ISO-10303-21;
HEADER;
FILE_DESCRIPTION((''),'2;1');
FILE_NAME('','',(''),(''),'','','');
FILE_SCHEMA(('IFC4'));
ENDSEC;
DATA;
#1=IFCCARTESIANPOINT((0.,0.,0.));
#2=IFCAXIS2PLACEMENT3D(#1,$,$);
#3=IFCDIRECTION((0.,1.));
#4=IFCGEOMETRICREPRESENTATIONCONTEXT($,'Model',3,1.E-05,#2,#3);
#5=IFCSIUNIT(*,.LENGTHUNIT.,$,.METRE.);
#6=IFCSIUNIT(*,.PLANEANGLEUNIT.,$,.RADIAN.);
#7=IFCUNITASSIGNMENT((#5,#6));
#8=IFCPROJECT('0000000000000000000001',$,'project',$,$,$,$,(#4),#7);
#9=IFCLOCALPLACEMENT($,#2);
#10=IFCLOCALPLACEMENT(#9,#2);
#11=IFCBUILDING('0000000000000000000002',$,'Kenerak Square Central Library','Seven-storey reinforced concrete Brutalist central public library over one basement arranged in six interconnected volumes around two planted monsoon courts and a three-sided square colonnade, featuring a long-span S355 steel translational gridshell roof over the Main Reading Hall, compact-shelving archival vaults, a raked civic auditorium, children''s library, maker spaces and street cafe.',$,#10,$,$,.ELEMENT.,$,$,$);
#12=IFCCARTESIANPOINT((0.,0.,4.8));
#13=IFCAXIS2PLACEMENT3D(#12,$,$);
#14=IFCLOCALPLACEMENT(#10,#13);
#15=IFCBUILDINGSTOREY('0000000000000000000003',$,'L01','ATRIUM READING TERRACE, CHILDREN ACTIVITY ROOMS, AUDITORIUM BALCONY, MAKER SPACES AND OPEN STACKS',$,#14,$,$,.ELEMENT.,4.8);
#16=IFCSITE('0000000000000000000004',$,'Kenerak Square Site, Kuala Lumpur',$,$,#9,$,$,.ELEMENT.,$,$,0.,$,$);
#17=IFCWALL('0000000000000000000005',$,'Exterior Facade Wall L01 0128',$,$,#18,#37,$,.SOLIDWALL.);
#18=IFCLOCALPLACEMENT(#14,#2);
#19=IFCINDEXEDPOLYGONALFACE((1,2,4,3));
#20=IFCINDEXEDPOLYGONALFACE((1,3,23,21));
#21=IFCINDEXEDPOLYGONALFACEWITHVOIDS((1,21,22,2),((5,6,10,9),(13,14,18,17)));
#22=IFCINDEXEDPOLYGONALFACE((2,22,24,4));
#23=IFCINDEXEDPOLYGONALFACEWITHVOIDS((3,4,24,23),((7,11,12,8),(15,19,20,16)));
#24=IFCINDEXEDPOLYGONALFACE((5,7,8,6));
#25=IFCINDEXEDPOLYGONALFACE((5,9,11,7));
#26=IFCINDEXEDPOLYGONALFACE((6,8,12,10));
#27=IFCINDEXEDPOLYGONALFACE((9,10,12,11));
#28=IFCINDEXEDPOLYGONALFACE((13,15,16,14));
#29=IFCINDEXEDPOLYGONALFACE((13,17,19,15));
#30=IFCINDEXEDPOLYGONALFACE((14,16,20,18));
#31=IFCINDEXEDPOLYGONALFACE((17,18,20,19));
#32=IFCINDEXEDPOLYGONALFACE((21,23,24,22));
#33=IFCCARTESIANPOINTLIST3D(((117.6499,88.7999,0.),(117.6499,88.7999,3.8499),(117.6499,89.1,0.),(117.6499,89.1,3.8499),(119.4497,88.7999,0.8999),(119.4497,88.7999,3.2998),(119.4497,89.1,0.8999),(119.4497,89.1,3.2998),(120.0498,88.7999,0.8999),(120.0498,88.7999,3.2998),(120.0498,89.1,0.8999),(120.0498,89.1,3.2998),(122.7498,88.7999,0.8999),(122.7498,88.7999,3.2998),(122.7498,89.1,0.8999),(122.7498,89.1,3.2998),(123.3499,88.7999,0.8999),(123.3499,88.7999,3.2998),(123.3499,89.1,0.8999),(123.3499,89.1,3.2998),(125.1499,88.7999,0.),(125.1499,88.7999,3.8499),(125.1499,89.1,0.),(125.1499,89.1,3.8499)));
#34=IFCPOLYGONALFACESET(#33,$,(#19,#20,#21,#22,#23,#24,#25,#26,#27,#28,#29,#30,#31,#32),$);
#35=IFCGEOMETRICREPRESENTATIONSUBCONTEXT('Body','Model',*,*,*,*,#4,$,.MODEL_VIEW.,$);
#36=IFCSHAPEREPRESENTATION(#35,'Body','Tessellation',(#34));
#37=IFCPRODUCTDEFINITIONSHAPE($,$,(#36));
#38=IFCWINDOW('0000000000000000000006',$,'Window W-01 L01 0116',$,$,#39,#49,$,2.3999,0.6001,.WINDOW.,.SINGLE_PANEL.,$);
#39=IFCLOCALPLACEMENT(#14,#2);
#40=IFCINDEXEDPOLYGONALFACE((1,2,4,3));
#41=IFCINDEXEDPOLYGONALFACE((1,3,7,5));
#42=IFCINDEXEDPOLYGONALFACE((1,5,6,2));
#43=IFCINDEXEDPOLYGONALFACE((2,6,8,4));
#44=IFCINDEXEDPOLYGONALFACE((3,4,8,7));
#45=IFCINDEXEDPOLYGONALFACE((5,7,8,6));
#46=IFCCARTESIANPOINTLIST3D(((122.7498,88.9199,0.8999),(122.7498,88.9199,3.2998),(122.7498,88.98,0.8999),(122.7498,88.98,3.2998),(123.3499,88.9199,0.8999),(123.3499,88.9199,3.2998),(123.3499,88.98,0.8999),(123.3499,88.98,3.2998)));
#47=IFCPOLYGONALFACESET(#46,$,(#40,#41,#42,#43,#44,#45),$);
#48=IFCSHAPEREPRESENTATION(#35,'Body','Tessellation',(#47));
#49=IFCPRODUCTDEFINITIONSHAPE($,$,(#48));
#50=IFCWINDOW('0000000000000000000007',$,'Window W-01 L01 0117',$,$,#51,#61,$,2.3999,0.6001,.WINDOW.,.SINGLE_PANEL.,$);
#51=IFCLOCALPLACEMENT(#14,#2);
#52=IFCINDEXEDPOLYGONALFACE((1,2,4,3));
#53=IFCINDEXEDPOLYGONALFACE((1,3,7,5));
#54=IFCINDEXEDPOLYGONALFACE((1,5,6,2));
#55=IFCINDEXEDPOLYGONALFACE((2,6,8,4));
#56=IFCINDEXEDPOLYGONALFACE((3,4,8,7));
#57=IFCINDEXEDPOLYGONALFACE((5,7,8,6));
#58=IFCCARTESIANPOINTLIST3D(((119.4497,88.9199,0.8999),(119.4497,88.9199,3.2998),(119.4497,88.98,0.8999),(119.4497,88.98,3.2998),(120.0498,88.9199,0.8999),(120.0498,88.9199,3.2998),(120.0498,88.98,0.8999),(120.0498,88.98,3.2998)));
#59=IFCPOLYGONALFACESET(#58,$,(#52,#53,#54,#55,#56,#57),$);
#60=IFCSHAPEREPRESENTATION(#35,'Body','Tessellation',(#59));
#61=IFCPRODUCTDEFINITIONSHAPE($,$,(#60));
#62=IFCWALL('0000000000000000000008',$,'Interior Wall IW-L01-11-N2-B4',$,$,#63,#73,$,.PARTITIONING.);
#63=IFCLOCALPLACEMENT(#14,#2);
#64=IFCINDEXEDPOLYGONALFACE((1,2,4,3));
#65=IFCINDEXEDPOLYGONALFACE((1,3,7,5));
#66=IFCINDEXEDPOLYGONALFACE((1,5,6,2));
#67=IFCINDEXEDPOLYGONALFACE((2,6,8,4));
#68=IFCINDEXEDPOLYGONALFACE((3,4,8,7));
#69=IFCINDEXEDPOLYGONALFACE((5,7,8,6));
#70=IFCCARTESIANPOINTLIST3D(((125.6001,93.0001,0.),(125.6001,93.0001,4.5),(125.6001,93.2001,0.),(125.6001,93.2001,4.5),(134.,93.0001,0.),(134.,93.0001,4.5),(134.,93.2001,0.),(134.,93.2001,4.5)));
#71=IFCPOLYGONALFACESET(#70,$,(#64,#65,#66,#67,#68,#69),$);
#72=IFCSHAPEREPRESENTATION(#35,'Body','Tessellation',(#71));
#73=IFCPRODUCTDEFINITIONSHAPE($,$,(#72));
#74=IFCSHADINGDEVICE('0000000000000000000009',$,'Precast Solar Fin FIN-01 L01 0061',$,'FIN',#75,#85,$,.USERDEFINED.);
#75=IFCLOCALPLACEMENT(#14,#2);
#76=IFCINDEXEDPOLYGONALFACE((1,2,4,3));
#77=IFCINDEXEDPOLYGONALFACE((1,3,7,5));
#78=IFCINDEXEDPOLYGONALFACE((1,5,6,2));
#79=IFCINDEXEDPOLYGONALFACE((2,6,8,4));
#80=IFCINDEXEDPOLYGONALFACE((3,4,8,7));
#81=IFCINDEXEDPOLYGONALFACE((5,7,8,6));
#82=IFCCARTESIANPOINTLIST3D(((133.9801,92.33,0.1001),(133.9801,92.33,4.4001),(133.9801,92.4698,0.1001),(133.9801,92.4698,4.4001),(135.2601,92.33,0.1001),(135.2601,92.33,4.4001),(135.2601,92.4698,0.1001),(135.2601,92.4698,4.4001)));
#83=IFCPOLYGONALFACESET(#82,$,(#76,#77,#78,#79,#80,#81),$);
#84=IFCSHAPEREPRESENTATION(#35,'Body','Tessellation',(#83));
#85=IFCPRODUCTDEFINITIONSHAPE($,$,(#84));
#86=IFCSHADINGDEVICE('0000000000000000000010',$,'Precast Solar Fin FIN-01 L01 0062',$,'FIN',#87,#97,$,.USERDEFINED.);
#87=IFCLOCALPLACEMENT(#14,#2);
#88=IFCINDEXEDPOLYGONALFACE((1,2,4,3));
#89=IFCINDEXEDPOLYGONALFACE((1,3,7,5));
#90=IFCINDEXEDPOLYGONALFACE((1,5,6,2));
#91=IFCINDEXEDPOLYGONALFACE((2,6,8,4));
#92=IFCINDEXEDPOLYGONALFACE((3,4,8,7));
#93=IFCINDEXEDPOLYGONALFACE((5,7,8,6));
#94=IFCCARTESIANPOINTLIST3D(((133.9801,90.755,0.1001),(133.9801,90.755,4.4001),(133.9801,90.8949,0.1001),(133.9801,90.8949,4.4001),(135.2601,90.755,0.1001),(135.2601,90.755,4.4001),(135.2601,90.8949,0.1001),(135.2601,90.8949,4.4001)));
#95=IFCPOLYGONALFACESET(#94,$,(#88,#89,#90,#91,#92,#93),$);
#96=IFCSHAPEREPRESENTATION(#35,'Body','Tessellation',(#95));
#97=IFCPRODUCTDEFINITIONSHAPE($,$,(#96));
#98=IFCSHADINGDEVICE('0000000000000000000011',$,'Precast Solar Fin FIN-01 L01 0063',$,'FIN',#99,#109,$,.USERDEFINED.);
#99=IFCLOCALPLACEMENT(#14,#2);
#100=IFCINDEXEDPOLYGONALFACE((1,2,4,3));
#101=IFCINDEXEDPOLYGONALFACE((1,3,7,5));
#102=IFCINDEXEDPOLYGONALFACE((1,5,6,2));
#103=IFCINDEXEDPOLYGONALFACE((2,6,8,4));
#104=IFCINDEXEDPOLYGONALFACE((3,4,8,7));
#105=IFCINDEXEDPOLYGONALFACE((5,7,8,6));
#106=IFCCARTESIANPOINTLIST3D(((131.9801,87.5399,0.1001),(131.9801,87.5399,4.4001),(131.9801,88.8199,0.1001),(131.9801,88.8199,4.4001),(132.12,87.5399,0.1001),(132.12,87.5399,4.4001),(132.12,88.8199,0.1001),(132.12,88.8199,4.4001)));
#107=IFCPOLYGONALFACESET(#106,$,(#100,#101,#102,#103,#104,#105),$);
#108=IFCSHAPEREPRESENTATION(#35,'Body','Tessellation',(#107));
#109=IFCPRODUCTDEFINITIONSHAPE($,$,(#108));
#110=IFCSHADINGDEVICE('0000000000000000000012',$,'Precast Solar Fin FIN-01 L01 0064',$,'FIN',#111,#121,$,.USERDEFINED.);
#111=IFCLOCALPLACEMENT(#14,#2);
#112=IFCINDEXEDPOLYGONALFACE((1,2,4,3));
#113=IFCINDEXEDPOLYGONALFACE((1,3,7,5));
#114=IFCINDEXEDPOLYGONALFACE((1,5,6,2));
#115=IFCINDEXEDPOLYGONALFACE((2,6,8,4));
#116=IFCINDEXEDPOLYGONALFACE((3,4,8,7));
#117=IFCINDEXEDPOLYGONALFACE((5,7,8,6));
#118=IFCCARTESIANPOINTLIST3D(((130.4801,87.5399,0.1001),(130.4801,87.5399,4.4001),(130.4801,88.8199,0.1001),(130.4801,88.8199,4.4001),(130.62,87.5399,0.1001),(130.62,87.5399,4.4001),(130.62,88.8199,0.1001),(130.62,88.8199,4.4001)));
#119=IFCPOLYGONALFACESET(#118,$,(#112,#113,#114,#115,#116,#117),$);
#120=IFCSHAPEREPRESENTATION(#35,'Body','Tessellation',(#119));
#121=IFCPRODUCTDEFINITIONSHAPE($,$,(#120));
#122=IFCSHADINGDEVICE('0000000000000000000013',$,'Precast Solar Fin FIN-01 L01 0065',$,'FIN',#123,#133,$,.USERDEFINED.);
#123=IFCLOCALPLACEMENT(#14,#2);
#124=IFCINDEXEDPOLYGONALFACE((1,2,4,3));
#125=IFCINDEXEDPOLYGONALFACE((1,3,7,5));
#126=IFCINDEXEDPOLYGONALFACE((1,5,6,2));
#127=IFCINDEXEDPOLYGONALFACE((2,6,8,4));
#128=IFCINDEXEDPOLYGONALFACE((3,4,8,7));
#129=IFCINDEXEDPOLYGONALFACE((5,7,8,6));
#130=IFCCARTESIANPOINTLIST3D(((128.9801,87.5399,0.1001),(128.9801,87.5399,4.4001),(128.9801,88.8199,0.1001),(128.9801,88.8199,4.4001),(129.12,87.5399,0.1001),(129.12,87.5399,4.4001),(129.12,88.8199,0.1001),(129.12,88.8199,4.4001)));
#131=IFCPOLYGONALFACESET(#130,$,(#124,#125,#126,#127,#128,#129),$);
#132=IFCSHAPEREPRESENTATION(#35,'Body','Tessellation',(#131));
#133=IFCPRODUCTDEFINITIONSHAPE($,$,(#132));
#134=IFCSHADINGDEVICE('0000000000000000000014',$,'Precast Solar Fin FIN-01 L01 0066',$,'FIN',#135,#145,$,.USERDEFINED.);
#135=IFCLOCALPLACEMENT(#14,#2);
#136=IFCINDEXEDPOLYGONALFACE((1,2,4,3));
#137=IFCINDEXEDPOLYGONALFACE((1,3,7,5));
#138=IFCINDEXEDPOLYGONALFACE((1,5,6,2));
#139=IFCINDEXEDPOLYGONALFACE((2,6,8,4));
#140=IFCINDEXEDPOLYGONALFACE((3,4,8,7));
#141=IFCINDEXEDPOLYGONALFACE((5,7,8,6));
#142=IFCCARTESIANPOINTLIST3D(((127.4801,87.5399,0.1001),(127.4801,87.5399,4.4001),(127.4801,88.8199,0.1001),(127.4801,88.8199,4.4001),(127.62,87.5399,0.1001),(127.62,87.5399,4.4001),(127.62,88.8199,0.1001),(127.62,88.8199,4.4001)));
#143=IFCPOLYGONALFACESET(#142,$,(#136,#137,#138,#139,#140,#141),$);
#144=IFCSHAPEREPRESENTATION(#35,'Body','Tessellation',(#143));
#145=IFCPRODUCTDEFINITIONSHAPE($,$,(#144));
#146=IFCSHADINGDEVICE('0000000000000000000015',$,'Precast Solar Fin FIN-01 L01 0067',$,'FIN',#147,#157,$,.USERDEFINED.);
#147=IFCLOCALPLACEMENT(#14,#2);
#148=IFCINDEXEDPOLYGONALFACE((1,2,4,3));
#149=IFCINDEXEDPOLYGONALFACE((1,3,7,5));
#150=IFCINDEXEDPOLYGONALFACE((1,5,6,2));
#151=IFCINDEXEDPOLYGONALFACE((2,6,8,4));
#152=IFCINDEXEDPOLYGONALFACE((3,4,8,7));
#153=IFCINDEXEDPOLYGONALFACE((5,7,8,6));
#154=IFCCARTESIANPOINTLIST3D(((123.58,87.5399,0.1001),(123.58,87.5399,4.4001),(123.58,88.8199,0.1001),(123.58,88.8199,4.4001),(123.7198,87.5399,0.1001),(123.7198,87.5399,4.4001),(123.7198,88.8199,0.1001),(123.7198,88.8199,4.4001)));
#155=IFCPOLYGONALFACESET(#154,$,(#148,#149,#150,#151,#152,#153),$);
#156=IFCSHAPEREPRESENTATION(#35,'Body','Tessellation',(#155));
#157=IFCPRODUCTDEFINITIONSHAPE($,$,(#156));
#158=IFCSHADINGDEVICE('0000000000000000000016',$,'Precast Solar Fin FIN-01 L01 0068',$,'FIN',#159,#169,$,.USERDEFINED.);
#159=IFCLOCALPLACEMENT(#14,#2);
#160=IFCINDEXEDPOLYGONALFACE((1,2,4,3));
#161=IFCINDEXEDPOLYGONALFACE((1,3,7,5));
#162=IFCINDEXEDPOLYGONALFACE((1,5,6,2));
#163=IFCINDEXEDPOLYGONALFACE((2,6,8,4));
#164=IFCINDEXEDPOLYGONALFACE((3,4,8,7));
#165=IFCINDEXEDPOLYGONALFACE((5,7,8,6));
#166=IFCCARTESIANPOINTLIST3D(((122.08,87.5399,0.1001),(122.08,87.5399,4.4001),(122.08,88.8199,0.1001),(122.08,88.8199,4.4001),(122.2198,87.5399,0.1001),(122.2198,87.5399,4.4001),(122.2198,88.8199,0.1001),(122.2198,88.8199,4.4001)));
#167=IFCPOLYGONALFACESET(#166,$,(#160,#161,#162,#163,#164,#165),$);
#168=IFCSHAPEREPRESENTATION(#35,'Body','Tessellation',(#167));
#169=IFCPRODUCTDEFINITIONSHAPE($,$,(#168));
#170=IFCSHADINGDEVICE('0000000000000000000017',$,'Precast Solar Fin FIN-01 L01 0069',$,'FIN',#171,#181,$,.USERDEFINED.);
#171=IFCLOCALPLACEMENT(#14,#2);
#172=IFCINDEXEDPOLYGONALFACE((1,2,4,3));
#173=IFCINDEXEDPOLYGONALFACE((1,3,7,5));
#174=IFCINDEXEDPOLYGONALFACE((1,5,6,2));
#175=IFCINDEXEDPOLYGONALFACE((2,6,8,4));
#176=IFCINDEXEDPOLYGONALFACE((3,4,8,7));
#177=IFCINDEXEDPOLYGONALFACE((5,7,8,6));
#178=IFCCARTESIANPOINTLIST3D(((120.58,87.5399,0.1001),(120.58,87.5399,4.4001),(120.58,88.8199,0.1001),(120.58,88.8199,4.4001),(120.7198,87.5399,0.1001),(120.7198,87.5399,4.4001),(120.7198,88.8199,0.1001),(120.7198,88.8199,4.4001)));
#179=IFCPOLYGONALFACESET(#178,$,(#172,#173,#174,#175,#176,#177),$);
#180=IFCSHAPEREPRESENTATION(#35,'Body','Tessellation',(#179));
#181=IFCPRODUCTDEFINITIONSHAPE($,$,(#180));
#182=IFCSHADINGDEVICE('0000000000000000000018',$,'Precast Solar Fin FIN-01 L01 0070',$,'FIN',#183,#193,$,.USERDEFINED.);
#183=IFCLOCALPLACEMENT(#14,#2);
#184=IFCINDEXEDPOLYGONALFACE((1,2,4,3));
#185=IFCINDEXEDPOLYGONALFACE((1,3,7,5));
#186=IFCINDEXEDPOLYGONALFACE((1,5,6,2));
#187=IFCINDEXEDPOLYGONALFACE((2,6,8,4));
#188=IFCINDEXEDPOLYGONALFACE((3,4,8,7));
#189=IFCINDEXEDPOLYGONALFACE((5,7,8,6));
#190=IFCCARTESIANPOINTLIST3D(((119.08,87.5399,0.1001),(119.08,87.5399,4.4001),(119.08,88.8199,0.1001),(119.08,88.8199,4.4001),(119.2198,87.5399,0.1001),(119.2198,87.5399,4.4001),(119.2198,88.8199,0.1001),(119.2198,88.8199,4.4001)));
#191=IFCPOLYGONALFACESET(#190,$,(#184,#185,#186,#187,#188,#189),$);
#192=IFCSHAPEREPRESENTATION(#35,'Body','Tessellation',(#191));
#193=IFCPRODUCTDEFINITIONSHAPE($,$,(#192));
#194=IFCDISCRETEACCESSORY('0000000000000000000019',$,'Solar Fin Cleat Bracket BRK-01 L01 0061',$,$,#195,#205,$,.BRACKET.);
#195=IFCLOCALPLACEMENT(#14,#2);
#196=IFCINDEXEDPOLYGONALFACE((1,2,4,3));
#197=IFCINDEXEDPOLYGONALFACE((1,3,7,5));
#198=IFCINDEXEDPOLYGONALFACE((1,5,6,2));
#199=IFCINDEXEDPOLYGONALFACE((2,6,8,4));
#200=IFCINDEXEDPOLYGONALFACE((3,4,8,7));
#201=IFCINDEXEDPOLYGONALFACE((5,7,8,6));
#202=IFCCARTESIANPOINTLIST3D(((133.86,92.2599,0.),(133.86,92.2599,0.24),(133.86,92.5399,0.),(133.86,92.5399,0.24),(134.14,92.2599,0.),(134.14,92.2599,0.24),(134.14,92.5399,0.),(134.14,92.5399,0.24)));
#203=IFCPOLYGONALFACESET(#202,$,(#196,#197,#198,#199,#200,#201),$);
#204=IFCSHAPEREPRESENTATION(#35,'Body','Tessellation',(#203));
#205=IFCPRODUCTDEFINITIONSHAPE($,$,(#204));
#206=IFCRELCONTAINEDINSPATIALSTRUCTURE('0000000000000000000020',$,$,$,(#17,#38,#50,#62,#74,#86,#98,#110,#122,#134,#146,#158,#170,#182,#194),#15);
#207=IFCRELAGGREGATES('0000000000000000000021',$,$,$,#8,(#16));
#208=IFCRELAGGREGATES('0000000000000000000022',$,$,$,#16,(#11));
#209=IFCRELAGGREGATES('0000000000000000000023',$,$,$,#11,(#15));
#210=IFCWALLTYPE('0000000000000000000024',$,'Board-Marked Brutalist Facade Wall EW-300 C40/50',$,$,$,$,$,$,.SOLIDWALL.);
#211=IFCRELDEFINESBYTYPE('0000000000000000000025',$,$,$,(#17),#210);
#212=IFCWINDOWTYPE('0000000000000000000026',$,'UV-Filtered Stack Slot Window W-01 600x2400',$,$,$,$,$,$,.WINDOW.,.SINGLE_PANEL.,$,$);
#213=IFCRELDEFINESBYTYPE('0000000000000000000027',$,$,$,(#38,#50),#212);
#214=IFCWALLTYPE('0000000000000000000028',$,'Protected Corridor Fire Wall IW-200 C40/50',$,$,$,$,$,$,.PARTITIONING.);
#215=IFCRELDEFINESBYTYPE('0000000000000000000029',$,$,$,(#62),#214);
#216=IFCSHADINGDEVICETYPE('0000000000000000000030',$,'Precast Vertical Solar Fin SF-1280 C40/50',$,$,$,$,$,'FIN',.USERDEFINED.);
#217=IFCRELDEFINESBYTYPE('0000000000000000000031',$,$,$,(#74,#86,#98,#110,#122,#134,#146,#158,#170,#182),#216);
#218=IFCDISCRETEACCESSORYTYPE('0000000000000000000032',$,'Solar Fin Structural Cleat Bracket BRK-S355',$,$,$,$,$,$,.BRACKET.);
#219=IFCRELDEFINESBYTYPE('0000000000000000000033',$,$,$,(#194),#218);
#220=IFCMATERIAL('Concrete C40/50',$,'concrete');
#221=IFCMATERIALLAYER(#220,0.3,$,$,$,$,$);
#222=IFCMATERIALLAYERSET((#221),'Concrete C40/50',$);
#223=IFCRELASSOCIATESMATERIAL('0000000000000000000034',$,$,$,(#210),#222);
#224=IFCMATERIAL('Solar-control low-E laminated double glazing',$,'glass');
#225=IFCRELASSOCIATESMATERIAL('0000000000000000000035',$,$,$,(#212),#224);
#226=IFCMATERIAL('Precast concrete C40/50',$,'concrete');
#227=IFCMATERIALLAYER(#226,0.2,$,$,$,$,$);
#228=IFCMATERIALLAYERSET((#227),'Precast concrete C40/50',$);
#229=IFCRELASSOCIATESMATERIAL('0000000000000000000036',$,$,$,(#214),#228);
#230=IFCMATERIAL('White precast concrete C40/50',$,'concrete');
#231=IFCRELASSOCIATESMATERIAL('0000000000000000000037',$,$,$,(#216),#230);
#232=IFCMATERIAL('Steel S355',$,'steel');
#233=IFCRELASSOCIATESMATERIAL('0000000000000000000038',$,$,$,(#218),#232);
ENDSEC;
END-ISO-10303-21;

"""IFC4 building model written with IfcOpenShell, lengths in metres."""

from ifc_helpers import new_model, si_unit, direction, frame, frame_2d, origin, origin_2d, place, context, subcontext, project, spatial, rectangle, extrude, material, layer, layer_set, type_object, element, fill, save


model = new_model("IFC4")

# Units and contexts
model_context = context("Model", 3, precision=1e-05, world=origin(), true_north=direction((0.0, 1.0)))
body_context = subcontext(model_context, "Body", "Model", "MODEL_VIEW")
ifc_project = project(units=[si_unit("LENGTHUNIT", "METRE"), si_unit("PLANEANGLEUNIT", "RADIAN")], contexts=[model_context])

# Site, building, storey
site_placement = place(None, origin())
site = spatial("IfcSite", under=ifc_project, at=site_placement, Name="Kenerak Square Site, Kuala Lumpur", CompositionType="ELEMENT", RefElevation=0.0)
building_placement = place(site_placement, origin())
building = spatial("IfcBuilding", under=site, at=building_placement, Name="Kenerak Square Central Library", Description="Seven-storey reinforced concrete Brutalist central public library over one basement arranged in six interconnected volumes around two planted monsoon courts and a three-sided square colonnade, featuring a long-span S355 steel translational gridshell roof over the Main Reading Hall, compact-shelving archival vaults, a raked civic auditorium, children's library, maker spaces and street cafe.", CompositionType="ELEMENT")
storey_placement = place(building_placement, frame((0.0, 0.0, 4.8)))
storey = spatial("IfcBuildingStorey", under=building, at=storey_placement, Name="L01", Description="ATRIUM READING TERRACE, CHILDREN ACTIVITY ROOMS, AUDITORIUM BALCONY, MAKER SPACES AND OPEN STACKS", CompositionType="ELEMENT", Elevation=4.8)

# Shared definitions
ifc_material_1 = material(Name="Concrete C40/50", Category="concrete")

# Wall, openings, windows
ifc_layer_1 = layer(ifc_material_1, 0.3)
ifc_layer_set_1 = layer_set([ifc_layer_1], Name="Concrete C40/50")
wall_type_1 = type_object("IfcWallType", Name="Board-Marked Brutalist Facade Wall EW-300 C40/50", PredefinedType="SOLIDWALL", material=ifc_layer_set_1)
ifc_material_2 = material(Name="Solar-control low-E laminated double glazing", Category="glass")
window_type = type_object("IfcWindowType", Name="UV-Filtered Stack Slot Window W-01 600x2400", PartitioningType="SINGLE_PANEL", PredefinedType="WINDOW", material=ifc_material_2)
wall_1_placement = place(storey_placement, frame((125.1499, 88.95, 0.0), z_axis=(0.0, 0.0, 1.0), x_axis=(-1.0, 0.0, 0.0)))
wall_1 = element("IfcWall", 1, at=wall_1_placement, inside=storey, type_object=wall_type_1, Name="Exterior Facade Wall L01 0128", PredefinedType="SOLIDWALL", context=body_context, shape_type="SweptSolid", body=[
    extrude(rectangle(XDim=7.5, YDim=0.3, at=frame_2d((3.75, 0.0))), origin(), (0.0, 0.0, 1.0), 3.8499),
])
opening_1_placement = place(wall_1_placement, frame((1.8, 0.0, 0.8999)))
opening_1 = element("IfcOpeningElement", 2, at=opening_1_placement, cuts=wall_1, PredefinedType="OPENING", context=body_context, shape_type="SweptSolid", body=[
    extrude(rectangle(XDim=0.6001, YDim=2.3999, at=frame_2d((0.3, 1.2))), frame((0.0, 0.1599, 0.0), z_axis=(0.0, -1.0, 0.0), x_axis=(1.0, 0.0, 0.0)), (0.0, 0.0, 1.0), 0.3201),
])
opening_2_placement = place(wall_1_placement, frame((5.1001, 0.0, 0.8999)))
opening_2 = element("IfcOpeningElement", 3, at=opening_2_placement, cuts=wall_1, PredefinedType="OPENING", context=body_context, shape_type="SweptSolid", body=[
    extrude(rectangle(XDim=0.6001, YDim=2.3999, at=frame_2d((0.3, 1.2))), frame((0.0, 0.1599, 0.0), z_axis=(0.0, -1.0, 0.0), x_axis=(1.0, 0.0, 0.0)), (0.0, 0.0, 1.0), 0.3201),
])
window_1_placement = place(opening_1_placement, origin())
window_1 = element("IfcWindow", 4, at=window_1_placement, inside=storey, type_object=window_type, Name="Window W-01 L01 0116", OverallHeight=2.3999, OverallWidth=0.6001, PartitioningType="SINGLE_PANEL", PredefinedType="WINDOW", context=body_context, shape_type="SweptSolid", body=[
    extrude(rectangle(XDim=0.6001, YDim=2.3999, at=frame_2d((0.3, 1.2))), frame((0.0, 0.03, 0.0), z_axis=(0.0, -1.0, 0.0), x_axis=(1.0, 0.0, 0.0)), (0.0, 0.0, 1.0), 0.0601),
])
fill(opening_1, window_1)
window_2_placement = place(opening_2_placement, origin())
window_2 = element("IfcWindow", 5, at=window_2_placement, inside=storey, type_object=window_type, Name="Window W-01 L01 0117", OverallHeight=2.3999, OverallWidth=0.6001, PartitioningType="SINGLE_PANEL", PredefinedType="WINDOW", context=body_context, shape_type="SweptSolid", body=[
    extrude(rectangle(XDim=0.6001, YDim=2.3999, at=frame_2d((0.3, 1.2))), frame((0.0, 0.03, 0.0), z_axis=(0.0, -1.0, 0.0), x_axis=(1.0, 0.0, 0.0)), (0.0, 0.0, 1.0), 0.0601),
])
fill(opening_2, window_2)

# Wall
ifc_material_3 = material(Name="Precast concrete C40/50", Category="concrete")
ifc_layer_2 = layer(ifc_material_3, 0.2)
ifc_layer_set_2 = layer_set([ifc_layer_2], Name="Precast concrete C40/50")
wall_type_2 = type_object("IfcWallType", Name="Protected Corridor Fire Wall IW-200 C40/50", PredefinedType="PARTITIONING", material=ifc_layer_set_2)
wall_2_placement = place(storey_placement, frame((125.6001, 93.1001, 0.0), z_axis=(0.0, 0.0, 1.0), x_axis=(1.0, 0.0, 0.0)))
element("IfcWall", 6, at=wall_2_placement, inside=storey, type_object=wall_type_2, Name="Interior Wall IW-L01-11-N2-B4", PredefinedType="PARTITIONING", context=body_context, shape_type="SweptSolid", body=[
    extrude(rectangle(XDim=8.3999, YDim=0.2, at=frame_2d((4.2, 0.0))), origin(), (0.0, 0.0, 1.0), 4.5),
])

# Shading devices
ifc_material_4 = material(Name="White precast concrete C40/50", Category="concrete")
shading_device_type = type_object("IfcShadingDeviceType", Name="Precast Vertical Solar Fin SF-1280 C40/50", ElementType="FIN", PredefinedType="USERDEFINED", material=ifc_material_4)
for number, where, z_axis, x_axis, name in (
    (7, (134.6201, 92.3999, 0.1001), (0.0, 0.0, 1.0), (0.0, -1.0, 0.0), "Precast Solar Fin FIN-01 L01 0061"),
    (8, (134.6201, 90.825, 0.1001), (0.0, 0.0, 1.0), (0.0, -1.0, 0.0), "Precast Solar Fin FIN-01 L01 0062"),
    (9, (132.05, 88.1799, 0.1001), (0.0, 0.0, 1.0), (-1.0, 0.0, 0.0), "Precast Solar Fin FIN-01 L01 0063"),
    (10, (130.55, 88.1799, 0.1001), (0.0, 0.0, 1.0), (-1.0, 0.0, 0.0), "Precast Solar Fin FIN-01 L01 0064"),
    (11, (129.05, 88.1799, 0.1001), (0.0, 0.0, 1.0), (-1.0, 0.0, 0.0), "Precast Solar Fin FIN-01 L01 0065"),
    (12, (127.55, 88.1799, 0.1001), (0.0, 0.0, 1.0), (-1.0, 0.0, 0.0), "Precast Solar Fin FIN-01 L01 0066"),
    (13, (123.6499, 88.1799, 0.1001), (0.0, 0.0, 1.0), (-1.0, 0.0, 0.0), "Precast Solar Fin FIN-01 L01 0067"),
    (14, (122.1499, 88.1799, 0.1001), (0.0, 0.0, 1.0), (-1.0, 0.0, 0.0), "Precast Solar Fin FIN-01 L01 0068"),
    (15, (120.6499, 88.1799, 0.1001), (0.0, 0.0, 1.0), (-1.0, 0.0, 0.0), "Precast Solar Fin FIN-01 L01 0069"),
    (16, (119.1499, 88.1799, 0.1001), (0.0, 0.0, 1.0), (-1.0, 0.0, 0.0), "Precast Solar Fin FIN-01 L01 0070"),
):
    element("IfcShadingDevice", number, at=place(storey_placement, frame(where, z_axis=z_axis, x_axis=x_axis)), inside=storey, type_object=shading_device_type, Name=name, ObjectType="FIN", PredefinedType="USERDEFINED", context=body_context, shape_type="SweptSolid", body=[
        extrude(rectangle(XDim=0.1399, YDim=1.28, at=origin_2d()), origin(), (0.0, 0.0, 1.0), 4.3),
    ])

# Discrete accessory
ifc_material_5 = material(Name="Steel S355", Category="steel")
discrete_accessory_type = type_object("IfcDiscreteAccessoryType", Name="Solar Fin Structural Cleat Bracket BRK-S355", PredefinedType="BRACKET", material=ifc_material_5)
for number, where, z_axis, x_axis, name in (
    (17, (134.0, 92.3999, 0.0), (0.0, 0.0, 1.0), (0.0, -1.0, 0.0), "Solar Fin Cleat Bracket BRK-01 L01 0061"),
):
    element("IfcDiscreteAccessory", number, at=place(storey_placement, frame(where, z_axis=z_axis, x_axis=x_axis)), inside=storey, type_object=discrete_accessory_type, Name=name, PredefinedType="BRACKET", context=body_context, shape_type="SweptSolid", body=[
        extrude(rectangle(XDim=0.28, YDim=0.28, at=origin_2d()), origin(), (0.0, 0.0, 1.0), 0.24),
    ])

save(model, "model.ifc")
